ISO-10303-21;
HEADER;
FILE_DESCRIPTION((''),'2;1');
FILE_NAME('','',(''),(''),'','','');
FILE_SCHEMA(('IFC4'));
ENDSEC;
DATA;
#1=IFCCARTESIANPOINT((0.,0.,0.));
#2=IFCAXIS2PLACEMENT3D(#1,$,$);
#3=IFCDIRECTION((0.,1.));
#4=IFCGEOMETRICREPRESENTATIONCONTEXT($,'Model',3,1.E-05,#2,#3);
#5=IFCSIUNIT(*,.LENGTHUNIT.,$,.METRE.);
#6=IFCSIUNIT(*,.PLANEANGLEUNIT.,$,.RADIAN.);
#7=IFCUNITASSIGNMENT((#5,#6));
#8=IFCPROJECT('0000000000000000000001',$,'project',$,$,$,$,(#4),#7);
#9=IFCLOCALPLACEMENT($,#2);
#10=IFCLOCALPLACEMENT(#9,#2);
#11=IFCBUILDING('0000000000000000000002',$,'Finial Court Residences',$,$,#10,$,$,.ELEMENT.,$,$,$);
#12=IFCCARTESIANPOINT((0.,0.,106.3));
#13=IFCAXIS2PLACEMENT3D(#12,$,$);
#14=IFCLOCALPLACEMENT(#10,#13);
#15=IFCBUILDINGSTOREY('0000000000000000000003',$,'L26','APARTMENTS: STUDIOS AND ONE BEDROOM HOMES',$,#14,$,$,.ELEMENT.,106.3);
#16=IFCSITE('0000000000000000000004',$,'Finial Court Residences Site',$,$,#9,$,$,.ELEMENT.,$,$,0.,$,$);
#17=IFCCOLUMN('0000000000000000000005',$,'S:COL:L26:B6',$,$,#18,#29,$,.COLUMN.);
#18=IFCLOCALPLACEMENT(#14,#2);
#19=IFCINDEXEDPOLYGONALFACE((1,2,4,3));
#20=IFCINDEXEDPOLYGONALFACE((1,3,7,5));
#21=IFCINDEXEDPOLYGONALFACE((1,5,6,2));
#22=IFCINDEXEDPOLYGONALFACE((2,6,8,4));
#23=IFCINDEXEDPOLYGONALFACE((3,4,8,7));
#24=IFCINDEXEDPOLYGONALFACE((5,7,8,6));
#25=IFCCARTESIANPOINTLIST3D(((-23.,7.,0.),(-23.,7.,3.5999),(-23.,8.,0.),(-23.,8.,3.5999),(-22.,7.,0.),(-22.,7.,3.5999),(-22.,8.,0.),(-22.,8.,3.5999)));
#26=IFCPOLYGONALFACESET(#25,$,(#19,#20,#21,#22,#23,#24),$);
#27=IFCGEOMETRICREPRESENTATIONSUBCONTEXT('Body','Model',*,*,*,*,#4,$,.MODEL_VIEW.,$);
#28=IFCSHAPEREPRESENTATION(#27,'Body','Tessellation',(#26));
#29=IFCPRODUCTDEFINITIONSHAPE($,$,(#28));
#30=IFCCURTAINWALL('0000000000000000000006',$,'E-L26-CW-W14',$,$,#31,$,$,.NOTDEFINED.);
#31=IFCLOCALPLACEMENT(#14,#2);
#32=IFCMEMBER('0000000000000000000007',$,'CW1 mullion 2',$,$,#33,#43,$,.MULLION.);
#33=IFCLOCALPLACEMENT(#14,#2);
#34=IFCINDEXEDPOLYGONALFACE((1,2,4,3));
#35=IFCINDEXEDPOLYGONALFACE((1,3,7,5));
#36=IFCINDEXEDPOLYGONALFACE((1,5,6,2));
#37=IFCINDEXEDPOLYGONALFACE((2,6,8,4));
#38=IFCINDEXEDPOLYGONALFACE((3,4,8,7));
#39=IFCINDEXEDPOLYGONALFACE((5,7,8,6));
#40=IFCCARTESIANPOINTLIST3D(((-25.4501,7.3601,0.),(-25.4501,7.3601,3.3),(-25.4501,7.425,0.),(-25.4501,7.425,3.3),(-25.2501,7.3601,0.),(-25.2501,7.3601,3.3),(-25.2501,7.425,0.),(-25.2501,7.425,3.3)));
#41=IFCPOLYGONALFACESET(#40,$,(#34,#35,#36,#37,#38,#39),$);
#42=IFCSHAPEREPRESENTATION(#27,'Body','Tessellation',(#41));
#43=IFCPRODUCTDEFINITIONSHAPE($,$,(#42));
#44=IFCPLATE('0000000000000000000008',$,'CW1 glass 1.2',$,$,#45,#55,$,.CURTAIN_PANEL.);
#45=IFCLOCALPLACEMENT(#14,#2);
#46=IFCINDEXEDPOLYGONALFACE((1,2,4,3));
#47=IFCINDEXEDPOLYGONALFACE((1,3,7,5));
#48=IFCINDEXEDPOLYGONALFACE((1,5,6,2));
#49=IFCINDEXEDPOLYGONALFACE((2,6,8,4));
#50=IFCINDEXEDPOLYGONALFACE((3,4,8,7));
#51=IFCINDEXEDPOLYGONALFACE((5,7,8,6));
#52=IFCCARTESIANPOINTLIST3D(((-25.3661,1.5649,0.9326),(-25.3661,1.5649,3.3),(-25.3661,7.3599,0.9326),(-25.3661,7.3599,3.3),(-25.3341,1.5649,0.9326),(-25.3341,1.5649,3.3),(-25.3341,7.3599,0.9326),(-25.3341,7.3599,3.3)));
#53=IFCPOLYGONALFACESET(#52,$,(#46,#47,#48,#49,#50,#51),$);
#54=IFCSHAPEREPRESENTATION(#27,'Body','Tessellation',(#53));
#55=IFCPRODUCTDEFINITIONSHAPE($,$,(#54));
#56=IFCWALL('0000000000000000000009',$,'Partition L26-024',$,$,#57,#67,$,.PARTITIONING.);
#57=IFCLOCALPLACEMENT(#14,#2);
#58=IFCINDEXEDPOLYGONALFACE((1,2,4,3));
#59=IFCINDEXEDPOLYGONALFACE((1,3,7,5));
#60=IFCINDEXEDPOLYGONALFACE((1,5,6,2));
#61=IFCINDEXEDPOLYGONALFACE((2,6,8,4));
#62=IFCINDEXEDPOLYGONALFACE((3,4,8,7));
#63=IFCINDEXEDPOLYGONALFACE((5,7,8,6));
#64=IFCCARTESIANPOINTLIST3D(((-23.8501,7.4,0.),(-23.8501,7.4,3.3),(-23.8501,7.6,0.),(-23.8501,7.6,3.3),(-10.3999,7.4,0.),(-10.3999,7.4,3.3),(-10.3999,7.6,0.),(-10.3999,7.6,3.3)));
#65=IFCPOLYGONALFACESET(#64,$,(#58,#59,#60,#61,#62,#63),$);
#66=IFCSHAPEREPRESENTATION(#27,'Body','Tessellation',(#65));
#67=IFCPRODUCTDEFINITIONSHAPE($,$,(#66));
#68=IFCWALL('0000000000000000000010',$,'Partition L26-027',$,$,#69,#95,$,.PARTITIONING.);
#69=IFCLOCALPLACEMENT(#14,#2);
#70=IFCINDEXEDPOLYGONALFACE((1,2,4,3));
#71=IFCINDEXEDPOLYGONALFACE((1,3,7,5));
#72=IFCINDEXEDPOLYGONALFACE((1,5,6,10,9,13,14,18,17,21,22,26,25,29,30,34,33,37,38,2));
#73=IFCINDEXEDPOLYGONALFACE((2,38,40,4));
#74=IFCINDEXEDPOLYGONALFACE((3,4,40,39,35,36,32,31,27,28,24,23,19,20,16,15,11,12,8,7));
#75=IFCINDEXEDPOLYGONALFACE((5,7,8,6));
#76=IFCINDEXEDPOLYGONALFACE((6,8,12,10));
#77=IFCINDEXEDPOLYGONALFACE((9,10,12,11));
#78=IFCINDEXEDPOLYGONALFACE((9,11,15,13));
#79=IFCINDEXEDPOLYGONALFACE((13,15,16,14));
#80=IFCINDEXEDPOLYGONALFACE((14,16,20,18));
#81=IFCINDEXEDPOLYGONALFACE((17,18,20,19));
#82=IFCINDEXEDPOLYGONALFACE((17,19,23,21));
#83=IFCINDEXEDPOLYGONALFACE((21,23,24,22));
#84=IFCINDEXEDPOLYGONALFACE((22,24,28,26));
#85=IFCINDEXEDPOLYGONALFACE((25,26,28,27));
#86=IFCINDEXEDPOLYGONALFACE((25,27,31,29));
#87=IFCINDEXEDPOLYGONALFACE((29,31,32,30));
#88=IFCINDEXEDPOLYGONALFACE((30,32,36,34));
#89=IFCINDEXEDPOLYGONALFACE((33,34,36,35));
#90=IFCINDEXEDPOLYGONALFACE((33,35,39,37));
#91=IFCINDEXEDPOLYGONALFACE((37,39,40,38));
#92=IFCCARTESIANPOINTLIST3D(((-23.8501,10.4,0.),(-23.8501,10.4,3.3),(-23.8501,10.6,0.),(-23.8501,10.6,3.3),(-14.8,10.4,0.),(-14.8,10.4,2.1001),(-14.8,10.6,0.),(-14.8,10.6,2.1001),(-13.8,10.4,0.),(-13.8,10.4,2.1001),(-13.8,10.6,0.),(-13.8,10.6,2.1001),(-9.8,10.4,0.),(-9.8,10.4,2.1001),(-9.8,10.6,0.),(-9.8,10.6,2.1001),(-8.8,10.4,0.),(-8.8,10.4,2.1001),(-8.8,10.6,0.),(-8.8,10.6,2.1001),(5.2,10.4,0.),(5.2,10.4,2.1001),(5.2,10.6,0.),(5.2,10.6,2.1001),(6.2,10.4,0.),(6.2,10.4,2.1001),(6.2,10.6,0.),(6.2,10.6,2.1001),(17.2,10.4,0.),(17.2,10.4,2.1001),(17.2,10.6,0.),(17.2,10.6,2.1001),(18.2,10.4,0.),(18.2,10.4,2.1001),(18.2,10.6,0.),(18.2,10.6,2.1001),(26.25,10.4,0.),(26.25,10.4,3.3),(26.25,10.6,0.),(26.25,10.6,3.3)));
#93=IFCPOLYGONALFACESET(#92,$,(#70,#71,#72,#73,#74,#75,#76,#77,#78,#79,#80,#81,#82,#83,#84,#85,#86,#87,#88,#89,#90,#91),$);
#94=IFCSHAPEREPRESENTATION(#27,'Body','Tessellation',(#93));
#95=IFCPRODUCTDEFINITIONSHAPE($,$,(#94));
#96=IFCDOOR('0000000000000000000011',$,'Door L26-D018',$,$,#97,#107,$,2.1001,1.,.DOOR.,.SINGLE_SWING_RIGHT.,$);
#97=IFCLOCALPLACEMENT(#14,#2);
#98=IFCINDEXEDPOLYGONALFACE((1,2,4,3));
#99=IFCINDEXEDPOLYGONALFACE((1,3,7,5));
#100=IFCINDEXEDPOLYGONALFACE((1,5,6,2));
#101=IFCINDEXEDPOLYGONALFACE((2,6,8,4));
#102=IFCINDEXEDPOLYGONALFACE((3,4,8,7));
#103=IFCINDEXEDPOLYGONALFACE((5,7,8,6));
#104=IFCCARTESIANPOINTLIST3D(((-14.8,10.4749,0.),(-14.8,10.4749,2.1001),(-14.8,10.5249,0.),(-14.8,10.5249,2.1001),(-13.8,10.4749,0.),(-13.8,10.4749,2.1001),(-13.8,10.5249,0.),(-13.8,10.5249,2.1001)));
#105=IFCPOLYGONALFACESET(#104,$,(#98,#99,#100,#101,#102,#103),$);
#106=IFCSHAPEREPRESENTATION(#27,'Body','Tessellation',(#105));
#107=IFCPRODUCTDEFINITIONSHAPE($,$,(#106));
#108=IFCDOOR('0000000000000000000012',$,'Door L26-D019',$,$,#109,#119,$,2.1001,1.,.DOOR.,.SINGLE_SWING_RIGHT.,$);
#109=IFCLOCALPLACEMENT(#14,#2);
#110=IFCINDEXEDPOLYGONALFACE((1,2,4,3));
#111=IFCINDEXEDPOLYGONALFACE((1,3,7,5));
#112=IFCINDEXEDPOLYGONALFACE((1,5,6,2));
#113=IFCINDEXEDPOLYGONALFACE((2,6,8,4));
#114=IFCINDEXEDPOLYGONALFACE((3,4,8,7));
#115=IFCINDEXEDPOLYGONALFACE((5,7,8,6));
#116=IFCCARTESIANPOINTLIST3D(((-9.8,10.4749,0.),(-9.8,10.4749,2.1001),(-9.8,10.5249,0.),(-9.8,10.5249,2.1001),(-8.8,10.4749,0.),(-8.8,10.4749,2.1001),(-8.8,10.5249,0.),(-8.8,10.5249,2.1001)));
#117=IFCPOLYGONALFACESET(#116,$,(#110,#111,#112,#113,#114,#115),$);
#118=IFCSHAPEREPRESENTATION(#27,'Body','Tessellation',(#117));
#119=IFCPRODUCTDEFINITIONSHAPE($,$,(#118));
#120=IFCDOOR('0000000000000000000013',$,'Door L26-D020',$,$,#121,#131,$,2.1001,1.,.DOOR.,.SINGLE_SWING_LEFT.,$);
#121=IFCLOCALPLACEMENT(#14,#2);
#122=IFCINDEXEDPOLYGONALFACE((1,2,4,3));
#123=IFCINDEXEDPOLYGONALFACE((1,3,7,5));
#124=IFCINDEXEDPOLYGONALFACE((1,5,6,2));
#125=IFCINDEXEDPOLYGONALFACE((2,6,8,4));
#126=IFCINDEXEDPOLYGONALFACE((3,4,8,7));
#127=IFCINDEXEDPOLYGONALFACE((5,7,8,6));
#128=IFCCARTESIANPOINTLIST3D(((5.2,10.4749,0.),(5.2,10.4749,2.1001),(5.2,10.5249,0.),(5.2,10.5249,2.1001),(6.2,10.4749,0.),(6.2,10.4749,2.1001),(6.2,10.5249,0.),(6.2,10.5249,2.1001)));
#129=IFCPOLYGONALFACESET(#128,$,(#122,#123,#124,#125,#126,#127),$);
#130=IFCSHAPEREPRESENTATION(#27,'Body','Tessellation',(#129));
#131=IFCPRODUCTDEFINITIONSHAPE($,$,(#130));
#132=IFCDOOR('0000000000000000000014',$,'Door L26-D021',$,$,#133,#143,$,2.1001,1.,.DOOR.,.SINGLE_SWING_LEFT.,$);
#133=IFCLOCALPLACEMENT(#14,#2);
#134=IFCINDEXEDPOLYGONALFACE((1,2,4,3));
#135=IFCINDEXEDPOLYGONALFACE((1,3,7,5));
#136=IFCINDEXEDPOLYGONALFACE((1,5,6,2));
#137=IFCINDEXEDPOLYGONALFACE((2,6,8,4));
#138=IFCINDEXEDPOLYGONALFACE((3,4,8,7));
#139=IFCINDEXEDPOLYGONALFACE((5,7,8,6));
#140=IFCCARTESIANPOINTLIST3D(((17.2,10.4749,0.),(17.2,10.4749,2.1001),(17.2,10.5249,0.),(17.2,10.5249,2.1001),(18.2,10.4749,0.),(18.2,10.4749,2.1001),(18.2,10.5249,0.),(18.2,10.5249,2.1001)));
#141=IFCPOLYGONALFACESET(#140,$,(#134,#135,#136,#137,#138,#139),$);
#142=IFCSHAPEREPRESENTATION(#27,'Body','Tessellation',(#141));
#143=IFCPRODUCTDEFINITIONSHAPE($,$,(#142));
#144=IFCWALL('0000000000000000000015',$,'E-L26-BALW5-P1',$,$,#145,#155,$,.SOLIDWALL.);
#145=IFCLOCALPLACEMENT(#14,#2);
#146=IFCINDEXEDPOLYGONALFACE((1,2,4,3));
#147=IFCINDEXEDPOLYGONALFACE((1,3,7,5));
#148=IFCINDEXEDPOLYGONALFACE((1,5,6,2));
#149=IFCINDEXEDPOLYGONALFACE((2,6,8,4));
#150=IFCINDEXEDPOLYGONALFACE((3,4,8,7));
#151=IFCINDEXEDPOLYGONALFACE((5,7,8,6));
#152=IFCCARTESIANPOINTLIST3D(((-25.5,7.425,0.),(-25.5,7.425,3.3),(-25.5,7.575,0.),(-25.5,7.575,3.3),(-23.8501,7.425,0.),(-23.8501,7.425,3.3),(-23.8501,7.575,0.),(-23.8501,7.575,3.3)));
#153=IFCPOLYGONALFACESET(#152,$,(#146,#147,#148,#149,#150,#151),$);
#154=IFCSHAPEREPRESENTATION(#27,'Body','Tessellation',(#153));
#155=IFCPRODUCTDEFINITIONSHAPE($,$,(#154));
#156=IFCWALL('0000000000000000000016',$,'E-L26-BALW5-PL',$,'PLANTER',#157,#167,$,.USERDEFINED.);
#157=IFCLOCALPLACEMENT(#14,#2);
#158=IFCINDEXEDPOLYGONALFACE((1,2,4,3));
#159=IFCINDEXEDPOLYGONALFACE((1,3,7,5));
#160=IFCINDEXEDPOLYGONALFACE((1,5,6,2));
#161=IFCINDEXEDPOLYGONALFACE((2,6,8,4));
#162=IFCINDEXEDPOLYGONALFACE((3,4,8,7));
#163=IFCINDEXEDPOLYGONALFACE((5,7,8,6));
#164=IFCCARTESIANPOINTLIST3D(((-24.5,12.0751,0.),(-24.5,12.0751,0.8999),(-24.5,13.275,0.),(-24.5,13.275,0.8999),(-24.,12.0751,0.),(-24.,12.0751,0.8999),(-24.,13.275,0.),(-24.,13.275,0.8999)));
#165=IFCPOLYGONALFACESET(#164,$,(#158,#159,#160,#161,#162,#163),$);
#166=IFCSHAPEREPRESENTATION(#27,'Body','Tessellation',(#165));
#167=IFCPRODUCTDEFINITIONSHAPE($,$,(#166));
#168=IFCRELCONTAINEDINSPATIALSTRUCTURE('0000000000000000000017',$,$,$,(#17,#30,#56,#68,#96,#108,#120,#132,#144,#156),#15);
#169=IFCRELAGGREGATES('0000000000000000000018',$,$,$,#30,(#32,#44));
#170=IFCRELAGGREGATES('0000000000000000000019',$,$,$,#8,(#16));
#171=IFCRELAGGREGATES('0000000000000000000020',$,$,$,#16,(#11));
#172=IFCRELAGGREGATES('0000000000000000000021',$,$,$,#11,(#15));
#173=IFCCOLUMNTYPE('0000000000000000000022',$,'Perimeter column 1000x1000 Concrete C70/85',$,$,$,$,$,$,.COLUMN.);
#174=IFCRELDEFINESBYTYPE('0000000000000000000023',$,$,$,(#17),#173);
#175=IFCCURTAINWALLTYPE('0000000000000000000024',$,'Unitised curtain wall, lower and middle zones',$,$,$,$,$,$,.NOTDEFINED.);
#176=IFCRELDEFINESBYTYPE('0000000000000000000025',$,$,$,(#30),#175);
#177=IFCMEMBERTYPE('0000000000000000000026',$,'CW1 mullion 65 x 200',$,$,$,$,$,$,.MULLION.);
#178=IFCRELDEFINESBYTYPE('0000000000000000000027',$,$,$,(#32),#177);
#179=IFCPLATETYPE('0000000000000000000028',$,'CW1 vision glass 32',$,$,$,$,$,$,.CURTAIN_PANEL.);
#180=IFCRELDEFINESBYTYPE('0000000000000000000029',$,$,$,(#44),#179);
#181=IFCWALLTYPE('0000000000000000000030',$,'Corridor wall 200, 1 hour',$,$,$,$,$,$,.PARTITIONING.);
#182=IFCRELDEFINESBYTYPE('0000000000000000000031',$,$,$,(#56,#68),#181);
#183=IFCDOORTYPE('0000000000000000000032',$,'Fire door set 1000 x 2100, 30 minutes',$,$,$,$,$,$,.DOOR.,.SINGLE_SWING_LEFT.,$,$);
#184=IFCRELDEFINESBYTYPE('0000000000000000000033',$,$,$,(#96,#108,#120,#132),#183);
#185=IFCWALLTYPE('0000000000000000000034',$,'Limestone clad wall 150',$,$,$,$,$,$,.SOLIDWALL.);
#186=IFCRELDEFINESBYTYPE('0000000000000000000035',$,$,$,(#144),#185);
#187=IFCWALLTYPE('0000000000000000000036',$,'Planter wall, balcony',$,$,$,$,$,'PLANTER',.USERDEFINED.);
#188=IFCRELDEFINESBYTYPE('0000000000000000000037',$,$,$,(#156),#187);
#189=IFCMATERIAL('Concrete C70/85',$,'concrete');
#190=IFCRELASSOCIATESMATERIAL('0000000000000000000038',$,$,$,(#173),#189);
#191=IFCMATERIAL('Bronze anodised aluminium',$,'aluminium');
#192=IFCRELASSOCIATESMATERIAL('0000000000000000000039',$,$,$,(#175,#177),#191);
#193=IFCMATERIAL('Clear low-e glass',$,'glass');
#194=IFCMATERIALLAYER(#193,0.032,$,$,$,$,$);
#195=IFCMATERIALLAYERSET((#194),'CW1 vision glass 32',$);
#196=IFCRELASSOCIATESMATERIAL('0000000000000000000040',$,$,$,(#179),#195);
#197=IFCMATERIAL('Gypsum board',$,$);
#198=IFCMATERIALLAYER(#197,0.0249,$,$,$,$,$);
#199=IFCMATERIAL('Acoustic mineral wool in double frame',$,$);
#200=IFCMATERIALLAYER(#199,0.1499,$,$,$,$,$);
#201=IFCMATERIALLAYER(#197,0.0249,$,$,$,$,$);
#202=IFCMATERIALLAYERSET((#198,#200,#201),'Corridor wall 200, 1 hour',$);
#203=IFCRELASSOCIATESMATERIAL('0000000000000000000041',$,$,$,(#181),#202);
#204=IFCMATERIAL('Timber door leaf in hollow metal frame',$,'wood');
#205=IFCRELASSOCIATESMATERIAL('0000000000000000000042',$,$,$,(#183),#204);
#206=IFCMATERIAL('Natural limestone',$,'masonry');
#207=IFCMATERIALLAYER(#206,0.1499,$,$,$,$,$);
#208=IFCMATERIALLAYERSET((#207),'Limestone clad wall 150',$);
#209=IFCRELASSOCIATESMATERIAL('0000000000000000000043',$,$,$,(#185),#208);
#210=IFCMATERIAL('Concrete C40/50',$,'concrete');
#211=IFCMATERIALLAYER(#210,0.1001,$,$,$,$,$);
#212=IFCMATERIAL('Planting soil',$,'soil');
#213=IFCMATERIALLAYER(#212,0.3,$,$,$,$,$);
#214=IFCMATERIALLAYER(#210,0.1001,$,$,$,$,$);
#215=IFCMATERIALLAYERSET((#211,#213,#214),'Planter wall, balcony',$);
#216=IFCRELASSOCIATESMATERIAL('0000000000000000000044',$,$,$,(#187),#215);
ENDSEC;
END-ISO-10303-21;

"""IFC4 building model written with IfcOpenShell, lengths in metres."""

from ifc_helpers import new_model, si_unit, direction, frame, frame_2d, origin, origin_2d, place, context, subcontext, project, spatial, rectangle, extrude, material, layer, layer_set, material_profile, profile_set, type_object, element, fill, aggregate, save


model = new_model("IFC4")

# Units and contexts
model_context = context("Model", 3, precision=1e-05, world=origin(), true_north=direction((0.0, 1.0)))
body_context = subcontext(model_context, "Body", "Model", "MODEL_VIEW")
ifc_project = project(units=[si_unit("LENGTHUNIT", "METRE"), si_unit("PLANEANGLEUNIT", "RADIAN")], contexts=[model_context])

# Site, building, storey
site_placement = place(None, origin())
site = spatial("IfcSite", under=ifc_project, at=site_placement, Name="Finial Court Residences Site", CompositionType="ELEMENT", RefElevation=0.0)
building_placement = place(site_placement, origin())
building = spatial("IfcBuilding", under=site, at=building_placement, Name="Finial Court Residences", CompositionType="ELEMENT")
storey_placement = place(building_placement, frame((0.0, 0.0, 106.3)))
storey = spatial("IfcBuildingStorey", under=building, at=storey_placement, Name="L26", Description="APARTMENTS: STUDIOS AND ONE BEDROOM HOMES", CompositionType="ELEMENT", Elevation=106.3)

# Column
ifc_material_1 = material(Name="Concrete C70/85", Category="concrete")
ifc_material_profile_1 = material_profile(ifc_material_1, rectangle(XDim=1.0, YDim=1.0, at=origin_2d()), Name="1000x1000")
ifc_profile_set_1 = profile_set([ifc_material_profile_1], Name="Concrete C70/85")
column_type = type_object("IfcColumnType", Name="Perimeter column 1000x1000 Concrete C70/85", PredefinedType="COLUMN", material=ifc_profile_set_1)
column_placement = place(storey_placement, frame((-22.5, 7.5, 0.0), z_axis=(0.0, 0.0, 1.0), x_axis=(1.0, 0.0, 0.0)))
element("IfcColumn", 1, at=column_placement, inside=storey, type_object=column_type, Name="S:COL:L26:B6", PredefinedType="COLUMN", context=body_context, shape_type="SweptSolid", body=[
    extrude(rectangle(XDim=1.0, YDim=1.0, at=origin_2d()), origin(), (0.0, 0.0, 1.0), 3.5999),
])

# Curtain wall, member, plate
ifc_material_2 = material(Name="Bronze anodised aluminium", Category="aluminium")
curtain_wall_type = type_object("IfcCurtainWallType", Name="Unitised curtain wall, lower and middle zones", PredefinedType="NOTDEFINED", material=ifc_material_2)
curtain_wall_placement = place(storey_placement, origin())
curtain_wall = element("IfcCurtainWall", 2, at=curtain_wall_placement, inside=storey, type_object=curtain_wall_type, Name="E-L26-CW-W14", PredefinedType="NOTDEFINED")
ifc_material_profile_2 = material_profile(ifc_material_2, rectangle(XDim=0.2, YDim=0.0649, at=origin_2d()), Name="CW1 mullion 65 x 200")
ifc_profile_set_2 = profile_set([ifc_material_profile_2], Name="Bronze anodised aluminium")
member_type = type_object("IfcMemberType", Name="CW1 mullion 65 x 200", PredefinedType="MULLION", material=ifc_profile_set_2)
member_placement = place(storey_placement, frame((-25.3501, 7.3926, 0.0), z_axis=(0.0, 0.0, 1.0), x_axis=(-1.0, 0.0, 0.0)))
member = element("IfcMember", 3, at=member_placement, type_object=member_type, Name="CW1 mullion 2", PredefinedType="MULLION", context=body_context, shape_type="SweptSolid", body=[
    extrude(rectangle(XDim=0.2, YDim=0.0649, at=origin_2d()), origin(), (0.0, 0.0, 1.0), 3.3),
])
ifc_material_3 = material(Name="Clear low-e glass", Category="glass")
ifc_layer_1 = layer(ifc_material_3, 0.032)
ifc_layer_set_1 = layer_set([ifc_layer_1], Name="CW1 vision glass 32")
plate_type = type_object("IfcPlateType", Name="CW1 vision glass 32", PredefinedType="CURTAIN_PANEL", material=ifc_layer_set_1)
plate_placement = place(storey_placement, frame((-25.3501, 4.4624, 0.9326), z_axis=(0.0, 0.0, 1.0), x_axis=(0.0, 1.0, 0.0)))
plate = element("IfcPlate", 4, at=plate_placement, type_object=plate_type, Name="CW1 glass 1.2", PredefinedType="CURTAIN_PANEL", context=body_context, shape_type="SweptSolid", body=[
    extrude(rectangle(XDim=5.7949, YDim=0.032, at=origin_2d()), origin(), (0.0, 0.0, 1.0), 2.3674),
])
aggregate(curtain_wall, [member, plate])

# Wall
ifc_material_4 = material(Name="Gypsum board")
ifc_layer_2 = layer(ifc_material_4, 0.0249)
ifc_material_5 = material(Name="Acoustic mineral wool in double frame")
ifc_layer_3 = layer(ifc_material_5, 0.1499)
ifc_layer_4 = layer(ifc_material_4, 0.0249)
ifc_layer_set_2 = layer_set([ifc_layer_2, ifc_layer_3, ifc_layer_4], Name="Corridor wall 200, 1 hour")
wall_type_1 = type_object("IfcWallType", Name="Corridor wall 200, 1 hour", PredefinedType="PARTITIONING", material=ifc_layer_set_2)
wall_1_placement = place(storey_placement, frame((-23.8501, 7.5, 0.0), z_axis=(0.0, 0.0, 1.0), x_axis=(1.0, 0.0, 0.0)))
element("IfcWall", 5, at=wall_1_placement, inside=storey, type_object=wall_type_1, Name="Partition L26-024", PredefinedType="PARTITIONING", context=body_context, shape_type="SweptSolid", body=[
    extrude(rectangle(XDim=13.4502, YDim=0.2, at=frame_2d((6.7251, 0.0))), origin(), (0.0, 0.0, 1.0), 3.3),
])

# Wall, openings, doors
wall_2_placement = place(storey_placement, frame((-23.8501, 10.5, 0.0), z_axis=(0.0, 0.0, 1.0), x_axis=(1.0, 0.0, 0.0)))
wall_2 = element("IfcWall", 6, at=wall_2_placement, inside=storey, type_object=wall_type_1, Name="Partition L26-027", PredefinedType="PARTITIONING", context=body_context, shape_type="SweptSolid", body=[
    extrude(rectangle(XDim=50.1001, YDim=0.2, at=frame_2d((25.05, 0.0))), origin(), (0.0, 0.0, 1.0), 3.3),
])
opening_1_placement = place(wall_2_placement, frame((9.05, 0.0, 0.0)))
opening_1 = element("IfcOpeningElement", 7, at=opening_1_placement, cuts=wall_2, PredefinedType="OPENING", context=body_context, shape_type="SweptSolid", body=[
    extrude(rectangle(XDim=1.0, YDim=2.1001, at=frame_2d((0.5, 1.05))), frame((0.0, 0.1099, 0.0), z_axis=(0.0, -1.0, 0.0), x_axis=(1.0, 0.0, 0.0)), (0.0, 0.0, 1.0), 0.22),
])
opening_2_placement = place(wall_2_placement, frame((14.05, 0.0, 0.0)))
opening_2 = element("IfcOpeningElement", 8, at=opening_2_placement, cuts=wall_2, PredefinedType="OPENING", context=body_context, shape_type="SweptSolid", body=[
    extrude(rectangle(XDim=1.0, YDim=2.1001, at=frame_2d((0.5, 1.05))), frame((0.0, 0.1099, 0.0), z_axis=(0.0, -1.0, 0.0), x_axis=(1.0, 0.0, 0.0)), (0.0, 0.0, 1.0), 0.22),
])
opening_3_placement = place(wall_2_placement, frame((29.05, 0.0, 0.0)))
opening_3 = element("IfcOpeningElement", 9, at=opening_3_placement, cuts=wall_2, PredefinedType="OPENING", context=body_context, shape_type="SweptSolid", body=[
    extrude(rectangle(XDim=1.0, YDim=2.1001, at=frame_2d((0.5, 1.05))), frame((0.0, 0.1099, 0.0), z_axis=(0.0, -1.0, 0.0), x_axis=(1.0, 0.0, 0.0)), (0.0, 0.0, 1.0), 0.22),
])
opening_4_placement = place(wall_2_placement, frame((41.05, 0.0, 0.0)))
opening_4 = element("IfcOpeningElement", 10, at=opening_4_placement, cuts=wall_2, PredefinedType="OPENING", context=body_context, shape_type="SweptSolid", body=[
    extrude(rectangle(XDim=1.0, YDim=2.1001, at=frame_2d((0.5, 1.05))), frame((0.0, 0.1099, 0.0), z_axis=(0.0, -1.0, 0.0), x_axis=(1.0, 0.0, 0.0)), (0.0, 0.0, 1.0), 0.22),
])
ifc_material_6 = material(Name="Timber door leaf in hollow metal frame", Category="wood")
door_type_1 = type_object("IfcDoorType", Name="Fire door set 1000 x 2100, 30 minutes", OperationType="SINGLE_SWING_LEFT", PredefinedType="DOOR", material=ifc_material_6)
door_1_placement = place(opening_1_placement, origin())
door_1 = element("IfcDoor", 11, at=door_1_placement, inside=storey, type_object=door_type_1, Name="Door L26-D018", OperationType="SINGLE_SWING_RIGHT", OverallHeight=2.1001, OverallWidth=1.0, PredefinedType="DOOR", context=body_context, shape_type="SweptSolid", body=[
    extrude(rectangle(XDim=1.0, YDim=2.1001, at=frame_2d((0.5, 1.05))), frame((0.0, 0.0249, 0.0), z_axis=(0.0, -1.0, 0.0), x_axis=(1.0, 0.0, 0.0)), (0.0, 0.0, 1.0), 0.05),
])
fill(opening_1, door_1)
door_2_placement = place(opening_2_placement, origin())
door_2 = element("IfcDoor", 12, at=door_2_placement, inside=storey, type_object=door_type_1, Name="Door L26-D019", OperationType="SINGLE_SWING_RIGHT", OverallHeight=2.1001, OverallWidth=1.0, PredefinedType="DOOR", context=body_context, shape_type="SweptSolid", body=[
    extrude(rectangle(XDim=1.0, YDim=2.1001, at=frame_2d((0.5, 1.05))), frame((0.0, 0.0249, 0.0), z_axis=(0.0, -1.0, 0.0), x_axis=(1.0, 0.0, 0.0)), (0.0, 0.0, 1.0), 0.05),
])
fill(opening_2, door_2)
door_3_placement = place(opening_3_placement, origin())
door_3 = element("IfcDoor", 13, at=door_3_placement, inside=storey, type_object=door_type_1, Name="Door L26-D020", OperationType="SINGLE_SWING_LEFT", OverallHeight=2.1001, OverallWidth=1.0, PredefinedType="DOOR", context=body_context, shape_type="SweptSolid", body=[
    extrude(rectangle(XDim=1.0, YDim=2.1001, at=frame_2d((0.5, 1.05))), frame((0.0, 0.0249, 0.0), z_axis=(0.0, -1.0, 0.0), x_axis=(1.0, 0.0, 0.0)), (0.0, 0.0, 1.0), 0.05),
])
fill(opening_3, door_3)
door_4_placement = place(opening_4_placement, origin())
door_4 = element("IfcDoor", 14, at=door_4_placement, inside=storey, type_object=door_type_1, Name="Door L26-D021", OperationType="SINGLE_SWING_LEFT", OverallHeight=2.1001, OverallWidth=1.0, PredefinedType="DOOR", context=body_context, shape_type="SweptSolid", body=[
    extrude(rectangle(XDim=1.0, YDim=2.1001, at=frame_2d((0.5, 1.05))), frame((0.0, 0.0249, 0.0), z_axis=(0.0, -1.0, 0.0), x_axis=(1.0, 0.0, 0.0)), (0.0, 0.0, 1.0), 0.05),
])
fill(opening_4, door_4)

# Wall
ifc_material_7 = material(Name="Natural limestone", Category="masonry")
ifc_layer_5 = layer(ifc_material_7, 0.1499)
ifc_layer_set_3 = layer_set([ifc_layer_5], Name="Limestone clad wall 150")
wall_type_2 = type_object("IfcWallType", Name="Limestone clad wall 150", PredefinedType="SOLIDWALL", material=ifc_layer_set_3)
wall_3_placement = place(storey_placement, frame((-23.8501, 7.5, 0.0), z_axis=(0.0, 0.0, 1.0), x_axis=(-1.0, 0.0, 0.0)))
element("IfcWall", 15, at=wall_3_placement, inside=storey, type_object=wall_type_2, Name="E-L26-BALW5-P1", PredefinedType="SOLIDWALL", context=body_context, shape_type="SweptSolid", body=[
    extrude(rectangle(XDim=1.6499, YDim=0.1499, at=frame_2d((0.825, 0.0))), origin(), (0.0, 0.0, 1.0), 3.3),
])

# Wall
ifc_material_8 = material(Name="Concrete C40/50", Category="concrete")
ifc_layer_6 = layer(ifc_material_8, 0.1001)
ifc_material_9 = material(Name="Planting soil", Category="soil")
ifc_layer_7 = layer(ifc_material_9, 0.3)
ifc_layer_8 = layer(ifc_material_8, 0.1001)
ifc_layer_set_4 = layer_set([ifc_layer_6, ifc_layer_7, ifc_layer_8], Name="Planter wall, balcony")
wall_type_3 = type_object("IfcWallType", Name="Planter wall, balcony", ElementType="PLANTER", PredefinedType="USERDEFINED", material=ifc_layer_set_4)
wall_4_placement = place(storey_placement, frame((-24.25, 12.075, 0.0), z_axis=(0.0, 0.0, 1.0), x_axis=(0.0, 1.0, 0.0)))
element("IfcWall", 16, at=wall_4_placement, inside=storey, type_object=wall_type_3, Name="E-L26-BALW5-PL", ObjectType="PLANTER", PredefinedType="USERDEFINED", context=body_context, shape_type="SweptSolid", body=[
    extrude(rectangle(XDim=1.2, YDim=0.5, at=frame_2d((0.6001, 0.0))), origin(), (0.0, 0.0, 1.0), 0.8999),
])

save(model, "model.ifc")
